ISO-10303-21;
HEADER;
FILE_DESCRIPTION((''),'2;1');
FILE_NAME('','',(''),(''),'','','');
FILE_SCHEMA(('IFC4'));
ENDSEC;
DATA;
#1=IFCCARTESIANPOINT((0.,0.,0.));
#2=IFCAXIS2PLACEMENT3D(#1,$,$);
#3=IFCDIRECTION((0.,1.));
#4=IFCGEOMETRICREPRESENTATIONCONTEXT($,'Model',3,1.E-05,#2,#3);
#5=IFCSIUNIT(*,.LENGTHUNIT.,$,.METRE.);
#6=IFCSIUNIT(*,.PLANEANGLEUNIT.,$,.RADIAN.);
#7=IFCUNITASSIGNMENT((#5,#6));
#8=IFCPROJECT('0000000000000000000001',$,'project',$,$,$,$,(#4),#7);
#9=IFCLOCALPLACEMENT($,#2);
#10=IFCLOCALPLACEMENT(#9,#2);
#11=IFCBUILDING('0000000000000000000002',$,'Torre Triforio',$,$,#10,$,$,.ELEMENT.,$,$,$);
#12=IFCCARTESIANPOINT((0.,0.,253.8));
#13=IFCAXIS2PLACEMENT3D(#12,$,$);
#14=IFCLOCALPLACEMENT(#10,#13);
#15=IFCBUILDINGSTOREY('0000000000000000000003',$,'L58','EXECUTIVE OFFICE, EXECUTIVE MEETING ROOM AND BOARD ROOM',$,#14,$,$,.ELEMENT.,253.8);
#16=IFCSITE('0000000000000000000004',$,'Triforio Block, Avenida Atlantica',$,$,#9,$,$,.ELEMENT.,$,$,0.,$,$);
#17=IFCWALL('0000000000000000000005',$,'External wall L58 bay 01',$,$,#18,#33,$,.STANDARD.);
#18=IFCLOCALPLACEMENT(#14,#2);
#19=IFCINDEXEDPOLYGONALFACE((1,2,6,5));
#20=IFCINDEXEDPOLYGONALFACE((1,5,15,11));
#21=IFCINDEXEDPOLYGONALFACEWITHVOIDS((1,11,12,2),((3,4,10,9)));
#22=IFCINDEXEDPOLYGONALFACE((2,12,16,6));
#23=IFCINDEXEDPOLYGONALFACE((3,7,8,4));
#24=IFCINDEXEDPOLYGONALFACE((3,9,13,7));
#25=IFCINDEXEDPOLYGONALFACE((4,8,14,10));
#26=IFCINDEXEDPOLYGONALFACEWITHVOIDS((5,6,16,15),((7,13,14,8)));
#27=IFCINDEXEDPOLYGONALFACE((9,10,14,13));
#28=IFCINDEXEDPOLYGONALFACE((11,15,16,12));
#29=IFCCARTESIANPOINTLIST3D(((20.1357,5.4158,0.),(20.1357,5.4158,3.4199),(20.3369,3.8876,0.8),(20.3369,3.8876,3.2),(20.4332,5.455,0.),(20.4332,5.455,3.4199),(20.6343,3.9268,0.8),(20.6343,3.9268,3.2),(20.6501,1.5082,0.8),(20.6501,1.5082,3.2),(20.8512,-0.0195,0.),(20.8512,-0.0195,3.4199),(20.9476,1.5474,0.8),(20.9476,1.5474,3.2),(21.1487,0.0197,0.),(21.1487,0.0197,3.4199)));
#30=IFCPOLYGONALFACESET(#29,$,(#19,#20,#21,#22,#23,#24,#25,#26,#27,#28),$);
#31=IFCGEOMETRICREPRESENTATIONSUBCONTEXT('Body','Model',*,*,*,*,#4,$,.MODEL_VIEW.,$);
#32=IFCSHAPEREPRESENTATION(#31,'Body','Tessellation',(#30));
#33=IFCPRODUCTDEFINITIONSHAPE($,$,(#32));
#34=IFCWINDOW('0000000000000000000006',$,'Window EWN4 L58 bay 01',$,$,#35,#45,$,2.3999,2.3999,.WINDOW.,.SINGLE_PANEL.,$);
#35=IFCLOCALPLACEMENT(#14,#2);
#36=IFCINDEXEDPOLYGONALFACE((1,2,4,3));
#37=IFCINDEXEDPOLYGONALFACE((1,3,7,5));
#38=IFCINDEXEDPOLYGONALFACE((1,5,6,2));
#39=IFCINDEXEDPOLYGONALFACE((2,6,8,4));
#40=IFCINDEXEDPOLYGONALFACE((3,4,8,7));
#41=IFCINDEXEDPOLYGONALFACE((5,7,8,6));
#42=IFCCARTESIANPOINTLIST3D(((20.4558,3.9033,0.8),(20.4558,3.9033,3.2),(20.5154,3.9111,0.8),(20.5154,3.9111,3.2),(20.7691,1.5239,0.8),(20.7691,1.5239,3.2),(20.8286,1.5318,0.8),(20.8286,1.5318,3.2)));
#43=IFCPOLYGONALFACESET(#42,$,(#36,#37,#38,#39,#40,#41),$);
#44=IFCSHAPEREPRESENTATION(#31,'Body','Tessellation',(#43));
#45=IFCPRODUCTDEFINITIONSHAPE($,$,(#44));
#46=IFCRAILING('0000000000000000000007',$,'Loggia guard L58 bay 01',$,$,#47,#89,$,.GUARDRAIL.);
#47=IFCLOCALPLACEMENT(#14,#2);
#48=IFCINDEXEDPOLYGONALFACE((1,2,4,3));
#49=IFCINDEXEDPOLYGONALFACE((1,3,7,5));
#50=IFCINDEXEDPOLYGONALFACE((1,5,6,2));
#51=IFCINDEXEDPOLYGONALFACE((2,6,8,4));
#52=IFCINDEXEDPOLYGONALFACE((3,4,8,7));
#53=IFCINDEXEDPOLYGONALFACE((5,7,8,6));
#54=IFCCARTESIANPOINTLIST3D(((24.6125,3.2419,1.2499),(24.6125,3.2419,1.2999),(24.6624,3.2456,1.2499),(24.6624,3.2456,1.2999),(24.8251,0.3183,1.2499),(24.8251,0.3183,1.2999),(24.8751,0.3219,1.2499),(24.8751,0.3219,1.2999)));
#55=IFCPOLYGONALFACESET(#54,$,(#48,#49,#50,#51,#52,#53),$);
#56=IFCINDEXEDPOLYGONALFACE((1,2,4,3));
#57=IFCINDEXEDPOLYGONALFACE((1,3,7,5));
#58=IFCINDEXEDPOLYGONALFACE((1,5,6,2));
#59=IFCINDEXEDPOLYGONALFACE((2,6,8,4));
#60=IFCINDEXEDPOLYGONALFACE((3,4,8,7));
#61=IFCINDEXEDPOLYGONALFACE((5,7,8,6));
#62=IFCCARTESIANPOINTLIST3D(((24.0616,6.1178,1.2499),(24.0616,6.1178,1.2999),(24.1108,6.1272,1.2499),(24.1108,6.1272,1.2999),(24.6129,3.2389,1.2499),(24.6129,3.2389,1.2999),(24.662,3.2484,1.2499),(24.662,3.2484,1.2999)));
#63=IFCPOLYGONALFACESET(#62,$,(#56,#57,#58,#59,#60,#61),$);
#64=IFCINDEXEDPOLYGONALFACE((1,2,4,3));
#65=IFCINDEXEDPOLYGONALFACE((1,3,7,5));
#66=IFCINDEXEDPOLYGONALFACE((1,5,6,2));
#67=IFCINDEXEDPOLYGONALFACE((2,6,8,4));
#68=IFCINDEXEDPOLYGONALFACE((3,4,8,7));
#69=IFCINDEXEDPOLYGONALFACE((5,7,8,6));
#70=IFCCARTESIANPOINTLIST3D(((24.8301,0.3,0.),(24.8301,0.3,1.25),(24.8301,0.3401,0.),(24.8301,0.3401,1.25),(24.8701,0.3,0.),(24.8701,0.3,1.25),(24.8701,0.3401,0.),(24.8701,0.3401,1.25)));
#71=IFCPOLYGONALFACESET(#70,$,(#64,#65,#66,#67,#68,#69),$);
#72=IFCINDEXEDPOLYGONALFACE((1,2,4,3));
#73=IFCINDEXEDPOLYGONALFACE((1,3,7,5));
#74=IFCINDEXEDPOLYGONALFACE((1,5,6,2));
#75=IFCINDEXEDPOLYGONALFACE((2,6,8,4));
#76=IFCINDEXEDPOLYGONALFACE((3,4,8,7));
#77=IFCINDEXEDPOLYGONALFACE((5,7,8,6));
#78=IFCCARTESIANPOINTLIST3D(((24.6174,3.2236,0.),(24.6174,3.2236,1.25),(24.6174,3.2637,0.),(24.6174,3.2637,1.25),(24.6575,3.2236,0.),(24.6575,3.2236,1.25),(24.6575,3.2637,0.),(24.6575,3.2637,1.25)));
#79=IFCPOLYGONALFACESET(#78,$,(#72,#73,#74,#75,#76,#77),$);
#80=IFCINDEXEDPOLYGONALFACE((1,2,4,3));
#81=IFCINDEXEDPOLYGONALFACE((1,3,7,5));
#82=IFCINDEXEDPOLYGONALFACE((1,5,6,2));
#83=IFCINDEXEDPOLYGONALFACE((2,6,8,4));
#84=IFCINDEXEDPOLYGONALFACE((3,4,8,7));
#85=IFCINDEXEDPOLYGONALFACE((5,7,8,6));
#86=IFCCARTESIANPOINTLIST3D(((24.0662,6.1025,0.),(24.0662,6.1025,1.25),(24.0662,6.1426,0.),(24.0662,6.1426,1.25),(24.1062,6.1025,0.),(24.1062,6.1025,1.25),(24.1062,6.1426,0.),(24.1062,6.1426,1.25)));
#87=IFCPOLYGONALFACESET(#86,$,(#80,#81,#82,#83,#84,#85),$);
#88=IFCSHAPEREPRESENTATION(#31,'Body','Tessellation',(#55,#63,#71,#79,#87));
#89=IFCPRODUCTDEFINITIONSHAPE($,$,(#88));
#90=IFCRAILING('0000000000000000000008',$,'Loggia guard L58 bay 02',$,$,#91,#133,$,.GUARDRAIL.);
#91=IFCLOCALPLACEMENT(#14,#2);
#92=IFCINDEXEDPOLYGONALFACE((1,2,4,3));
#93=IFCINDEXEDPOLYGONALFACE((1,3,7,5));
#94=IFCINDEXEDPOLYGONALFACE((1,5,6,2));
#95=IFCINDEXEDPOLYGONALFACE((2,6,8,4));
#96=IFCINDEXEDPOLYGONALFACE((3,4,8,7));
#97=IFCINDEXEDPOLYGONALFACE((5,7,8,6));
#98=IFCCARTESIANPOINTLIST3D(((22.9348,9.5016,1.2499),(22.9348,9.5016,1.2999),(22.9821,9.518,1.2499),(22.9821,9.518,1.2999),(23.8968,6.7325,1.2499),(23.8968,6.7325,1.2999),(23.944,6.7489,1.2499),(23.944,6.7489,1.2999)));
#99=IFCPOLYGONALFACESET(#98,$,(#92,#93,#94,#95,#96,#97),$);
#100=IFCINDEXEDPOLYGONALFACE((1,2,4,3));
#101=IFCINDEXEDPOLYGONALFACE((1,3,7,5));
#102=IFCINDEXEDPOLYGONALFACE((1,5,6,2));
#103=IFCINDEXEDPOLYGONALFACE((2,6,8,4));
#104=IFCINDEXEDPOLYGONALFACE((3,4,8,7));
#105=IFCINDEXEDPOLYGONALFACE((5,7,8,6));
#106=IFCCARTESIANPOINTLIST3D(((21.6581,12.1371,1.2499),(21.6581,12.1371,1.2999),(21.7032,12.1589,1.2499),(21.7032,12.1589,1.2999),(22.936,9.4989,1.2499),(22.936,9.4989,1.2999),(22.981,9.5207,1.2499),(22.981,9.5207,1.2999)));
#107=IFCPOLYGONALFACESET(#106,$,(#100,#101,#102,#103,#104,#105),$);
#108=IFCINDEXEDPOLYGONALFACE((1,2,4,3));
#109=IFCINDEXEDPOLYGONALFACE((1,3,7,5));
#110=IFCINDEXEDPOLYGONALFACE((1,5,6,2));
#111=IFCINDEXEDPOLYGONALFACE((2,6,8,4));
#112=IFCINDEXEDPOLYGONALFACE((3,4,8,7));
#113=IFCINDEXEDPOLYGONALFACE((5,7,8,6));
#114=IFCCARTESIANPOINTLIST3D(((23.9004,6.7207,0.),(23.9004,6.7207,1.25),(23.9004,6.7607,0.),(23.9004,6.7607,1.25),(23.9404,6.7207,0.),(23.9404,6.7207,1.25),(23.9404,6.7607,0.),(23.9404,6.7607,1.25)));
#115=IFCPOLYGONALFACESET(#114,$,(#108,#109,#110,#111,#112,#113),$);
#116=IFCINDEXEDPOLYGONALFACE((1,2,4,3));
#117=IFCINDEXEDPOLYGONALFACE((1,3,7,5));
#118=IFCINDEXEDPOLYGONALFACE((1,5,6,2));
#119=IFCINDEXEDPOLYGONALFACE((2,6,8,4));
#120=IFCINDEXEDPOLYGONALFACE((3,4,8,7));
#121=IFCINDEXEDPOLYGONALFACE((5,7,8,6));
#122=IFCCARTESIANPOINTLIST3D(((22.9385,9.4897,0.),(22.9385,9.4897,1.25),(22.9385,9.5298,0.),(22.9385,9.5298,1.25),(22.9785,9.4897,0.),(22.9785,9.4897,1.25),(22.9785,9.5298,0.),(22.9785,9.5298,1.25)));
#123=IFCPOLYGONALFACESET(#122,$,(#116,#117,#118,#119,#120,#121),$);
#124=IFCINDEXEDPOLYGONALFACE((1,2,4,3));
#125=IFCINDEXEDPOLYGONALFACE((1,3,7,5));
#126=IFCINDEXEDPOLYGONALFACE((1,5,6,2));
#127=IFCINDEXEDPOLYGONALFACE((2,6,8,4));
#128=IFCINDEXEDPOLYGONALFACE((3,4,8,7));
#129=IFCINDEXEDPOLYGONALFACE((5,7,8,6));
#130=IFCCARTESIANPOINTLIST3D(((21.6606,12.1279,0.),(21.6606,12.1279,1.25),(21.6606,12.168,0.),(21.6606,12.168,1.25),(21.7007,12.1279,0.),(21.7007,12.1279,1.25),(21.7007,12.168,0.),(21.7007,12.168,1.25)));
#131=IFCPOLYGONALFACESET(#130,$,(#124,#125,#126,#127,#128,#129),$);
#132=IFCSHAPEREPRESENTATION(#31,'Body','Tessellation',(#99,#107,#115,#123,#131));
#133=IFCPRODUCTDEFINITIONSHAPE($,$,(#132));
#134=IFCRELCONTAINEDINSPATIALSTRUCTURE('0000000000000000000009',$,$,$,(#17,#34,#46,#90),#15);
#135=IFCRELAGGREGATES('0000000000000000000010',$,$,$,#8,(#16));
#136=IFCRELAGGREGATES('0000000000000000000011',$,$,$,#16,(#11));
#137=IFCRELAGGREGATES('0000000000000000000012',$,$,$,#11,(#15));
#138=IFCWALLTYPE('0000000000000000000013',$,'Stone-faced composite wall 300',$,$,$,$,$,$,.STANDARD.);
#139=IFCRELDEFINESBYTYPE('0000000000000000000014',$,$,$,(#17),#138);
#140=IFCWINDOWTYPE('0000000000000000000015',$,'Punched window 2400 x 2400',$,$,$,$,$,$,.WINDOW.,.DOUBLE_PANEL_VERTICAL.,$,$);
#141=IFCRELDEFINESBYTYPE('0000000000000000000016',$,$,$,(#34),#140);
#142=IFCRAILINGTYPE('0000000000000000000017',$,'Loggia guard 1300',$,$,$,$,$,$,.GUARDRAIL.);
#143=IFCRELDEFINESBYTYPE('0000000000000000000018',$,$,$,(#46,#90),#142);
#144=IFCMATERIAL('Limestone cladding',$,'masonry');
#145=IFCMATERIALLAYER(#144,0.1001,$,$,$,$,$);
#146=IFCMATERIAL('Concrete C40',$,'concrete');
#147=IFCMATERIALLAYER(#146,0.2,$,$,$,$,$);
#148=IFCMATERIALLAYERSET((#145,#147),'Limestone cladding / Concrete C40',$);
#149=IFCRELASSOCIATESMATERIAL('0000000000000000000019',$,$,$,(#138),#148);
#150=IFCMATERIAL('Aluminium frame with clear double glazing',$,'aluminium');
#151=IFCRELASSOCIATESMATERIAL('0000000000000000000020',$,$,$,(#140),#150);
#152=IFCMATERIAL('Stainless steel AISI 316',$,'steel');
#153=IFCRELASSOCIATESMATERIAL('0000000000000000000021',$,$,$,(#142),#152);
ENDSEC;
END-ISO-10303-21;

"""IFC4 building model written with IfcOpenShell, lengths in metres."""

from ifc_helpers import new_model, si_unit, direction, frame, frame_2d, origin, origin_2d, place, context, subcontext, project, spatial, rectangle, extrude, material, layer, layer_set, type_object, element, fill, save


model = new_model("IFC4")

# Units and contexts
model_context = context("Model", 3, precision=1e-05, world=origin(), true_north=direction((0.0, 1.0)))
body_context = subcontext(model_context, "Body", "Model", "MODEL_VIEW")
ifc_project = project(units=[si_unit("LENGTHUNIT", "METRE"), si_unit("PLANEANGLEUNIT", "RADIAN")], contexts=[model_context])

# Site, building, storey
site_placement = place(None, origin())
site = spatial("IfcSite", under=ifc_project, at=site_placement, Name="Triforio Block, Avenida Atlantica", CompositionType="ELEMENT", RefElevation=0.0)
building_placement = place(site_placement, origin())
building = spatial("IfcBuilding", under=site, at=building_placement, Name="Torre Triforio", CompositionType="ELEMENT")
storey_placement = place(building_placement, frame((0.0, 0.0, 253.8)))
storey = spatial("IfcBuildingStorey", under=building, at=storey_placement, Name="L58", Description="EXECUTIVE OFFICE, EXECUTIVE MEETING ROOM AND BOARD ROOM", CompositionType="ELEMENT", Elevation=253.8)

# Shared definitions
ifc_material_1 = material(Name="Concrete C40", Category="concrete")

# Shared definitions
ifc_material_2 = material(Name="Limestone cladding", Category="masonry")

# Wall, opening, window
ifc_layer_1 = layer(ifc_material_2, 0.1001)
ifc_layer_2 = layer(ifc_material_1, 0.2)
ifc_layer_set_1 = layer_set([ifc_layer_1, ifc_layer_2], Name="Limestone cladding / Concrete C40")
wall_type_1 = type_object("IfcWallType", Name="Stone-faced composite wall 300", PredefinedType="STANDARD", material=ifc_layer_set_1)
wall_1_placement = place(storey_placement, frame((21.0, 0.0, 0.0), z_axis=(0.0, 0.0, 1.0), x_axis=(-0.130527, 0.991445, 0.0)))
wall_1 = element("IfcWall", 1, at=wall_1_placement, inside=storey, type_object=wall_type_1, Name="External wall L58 bay 01", PredefinedType="STANDARD", context=body_context, shape_type="SweptSolid", body=[
    extrude(rectangle(XDim=5.4822, YDim=0.3, at=frame_2d((2.7412, 0.0))), origin(), (0.0, 0.0, 1.0), 3.4199),
])
opening_1_placement = place(wall_1_placement, frame((1.541, 0.0, 0.8)))
opening_1 = element("IfcOpeningElement", 2, at=opening_1_placement, cuts=wall_1, PredefinedType="OPENING", context=body_context, shape_type="SweptSolid", body=[
    extrude(rectangle(XDim=2.3999, YDim=2.3999, at=frame_2d((1.2, 1.2))), frame((0.0, 0.1599, 0.0), z_axis=(0.0, -1.0, 0.0), x_axis=(1.0, 0.0, 0.0)), (0.0, 0.0, 1.0), 0.3201),
])
ifc_material_3 = material(Name="Aluminium frame with clear double glazing", Category="aluminium")
window_type_1 = type_object("IfcWindowType", Name="Punched window 2400 x 2400", PartitioningType="DOUBLE_PANEL_VERTICAL", PredefinedType="WINDOW", material=ifc_material_3)
window_1_placement = place(opening_1_placement, origin())
window_1 = element("IfcWindow", 3, at=window_1_placement, inside=storey, type_object=window_type_1, Name="Window EWN4 L58 bay 01", OverallHeight=2.3999, OverallWidth=2.3999, PartitioningType="SINGLE_PANEL", PredefinedType="WINDOW", context=body_context, shape_type="SweptSolid", body=[
    extrude(rectangle(XDim=2.3999, YDim=2.3999, at=frame_2d((1.2, 1.2))), frame((0.0, 0.03, 0.0), z_axis=(0.0, -1.0, 0.0), x_axis=(1.0, 0.0, 0.0)), (0.0, 0.0, 1.0), 0.0601),
])
fill(opening_1, window_1)

# Railings
ifc_material_4 = material(Name="Stainless steel AISI 316", Category="steel")
railing_type = type_object("IfcRailingType", Name="Loggia guard 1300", PredefinedType="GUARDRAIL", material=ifc_material_4)
railing_1_placement = place(storey_placement, frame((24.8501, 0.3201, 0.0)))
element("IfcRailing", 4, at=railing_1_placement, inside=storey, type_object=railing_type, Name="Loggia guard L58 bay 01", PredefinedType="GUARDRAIL", context=body_context, shape_type="SweptSolid", body=[
    extrude(rectangle(XDim=0.05, YDim=0.05, at=origin_2d()), frame((0.0, 0.0, 1.2749), z_axis=(-0.072543, 0.997365, 0.0), x_axis=(-0.997365, -0.072543, 0.0)), (0.0, 0.0, 1.0), 2.9314),
    extrude(rectangle(XDim=0.05, YDim=0.05, at=origin_2d()), frame((-0.2126, 2.9236, 1.2749), z_axis=(-0.188069, 0.982156, 0.0), x_axis=(-0.982156, -0.188069, 0.0)), (0.0, 0.0, 1.0), 2.9312),
    extrude(rectangle(XDim=0.04, YDim=0.04, at=origin_2d()), origin(), (0.0, 0.0, 1.0), 1.25),
    extrude(rectangle(XDim=0.04, YDim=0.04, at=origin_2d()), frame((-0.2126, 2.9236, 0.0)), (0.0, 0.0, 1.0), 1.25),
    extrude(rectangle(XDim=0.04, YDim=0.04, at=origin_2d()), frame((-0.7639, 5.8025, 0.0)), (0.0, 0.0, 1.0), 1.25),
])
railing_2_placement = place(storey_placement, frame((23.9204, 6.7407, 0.0)))
element("IfcRailing", 5, at=railing_2_placement, inside=storey, type_object=railing_type, Name="Loggia guard L58 bay 02", PredefinedType="GUARDRAIL", context=body_context, shape_type="SweptSolid", body=[
    extrude(rectangle(XDim=0.05, YDim=0.05, at=origin_2d()), frame((0.0, 0.0, 1.2749), z_axis=(-0.328146, 0.944627, 0.0), x_axis=(-0.944627, -0.328146, 0.0)), (0.0, 0.0, 1.0), 2.9314),
    extrude(rectangle(XDim=0.05, YDim=0.05, at=origin_2d()), frame((-0.9619, 2.769, 1.2749), z_axis=(-0.435918, 0.899986, 0.0), x_axis=(-0.899986, -0.435918, 0.0)), (0.0, 0.0, 1.0), 2.9314),
    extrude(rectangle(XDim=0.04, YDim=0.04, at=origin_2d()), origin(), (0.0, 0.0, 1.0), 1.25),
    extrude(rectangle(XDim=0.04, YDim=0.04, at=origin_2d()), frame((-0.9619, 2.769, 0.0)), (0.0, 0.0, 1.0), 1.25),
    extrude(rectangle(XDim=0.04, YDim=0.04, at=origin_2d()), frame((-2.2397, 5.4072, 0.0)), (0.0, 0.0, 1.0), 1.25),
])

save(model, "model.ifc")
